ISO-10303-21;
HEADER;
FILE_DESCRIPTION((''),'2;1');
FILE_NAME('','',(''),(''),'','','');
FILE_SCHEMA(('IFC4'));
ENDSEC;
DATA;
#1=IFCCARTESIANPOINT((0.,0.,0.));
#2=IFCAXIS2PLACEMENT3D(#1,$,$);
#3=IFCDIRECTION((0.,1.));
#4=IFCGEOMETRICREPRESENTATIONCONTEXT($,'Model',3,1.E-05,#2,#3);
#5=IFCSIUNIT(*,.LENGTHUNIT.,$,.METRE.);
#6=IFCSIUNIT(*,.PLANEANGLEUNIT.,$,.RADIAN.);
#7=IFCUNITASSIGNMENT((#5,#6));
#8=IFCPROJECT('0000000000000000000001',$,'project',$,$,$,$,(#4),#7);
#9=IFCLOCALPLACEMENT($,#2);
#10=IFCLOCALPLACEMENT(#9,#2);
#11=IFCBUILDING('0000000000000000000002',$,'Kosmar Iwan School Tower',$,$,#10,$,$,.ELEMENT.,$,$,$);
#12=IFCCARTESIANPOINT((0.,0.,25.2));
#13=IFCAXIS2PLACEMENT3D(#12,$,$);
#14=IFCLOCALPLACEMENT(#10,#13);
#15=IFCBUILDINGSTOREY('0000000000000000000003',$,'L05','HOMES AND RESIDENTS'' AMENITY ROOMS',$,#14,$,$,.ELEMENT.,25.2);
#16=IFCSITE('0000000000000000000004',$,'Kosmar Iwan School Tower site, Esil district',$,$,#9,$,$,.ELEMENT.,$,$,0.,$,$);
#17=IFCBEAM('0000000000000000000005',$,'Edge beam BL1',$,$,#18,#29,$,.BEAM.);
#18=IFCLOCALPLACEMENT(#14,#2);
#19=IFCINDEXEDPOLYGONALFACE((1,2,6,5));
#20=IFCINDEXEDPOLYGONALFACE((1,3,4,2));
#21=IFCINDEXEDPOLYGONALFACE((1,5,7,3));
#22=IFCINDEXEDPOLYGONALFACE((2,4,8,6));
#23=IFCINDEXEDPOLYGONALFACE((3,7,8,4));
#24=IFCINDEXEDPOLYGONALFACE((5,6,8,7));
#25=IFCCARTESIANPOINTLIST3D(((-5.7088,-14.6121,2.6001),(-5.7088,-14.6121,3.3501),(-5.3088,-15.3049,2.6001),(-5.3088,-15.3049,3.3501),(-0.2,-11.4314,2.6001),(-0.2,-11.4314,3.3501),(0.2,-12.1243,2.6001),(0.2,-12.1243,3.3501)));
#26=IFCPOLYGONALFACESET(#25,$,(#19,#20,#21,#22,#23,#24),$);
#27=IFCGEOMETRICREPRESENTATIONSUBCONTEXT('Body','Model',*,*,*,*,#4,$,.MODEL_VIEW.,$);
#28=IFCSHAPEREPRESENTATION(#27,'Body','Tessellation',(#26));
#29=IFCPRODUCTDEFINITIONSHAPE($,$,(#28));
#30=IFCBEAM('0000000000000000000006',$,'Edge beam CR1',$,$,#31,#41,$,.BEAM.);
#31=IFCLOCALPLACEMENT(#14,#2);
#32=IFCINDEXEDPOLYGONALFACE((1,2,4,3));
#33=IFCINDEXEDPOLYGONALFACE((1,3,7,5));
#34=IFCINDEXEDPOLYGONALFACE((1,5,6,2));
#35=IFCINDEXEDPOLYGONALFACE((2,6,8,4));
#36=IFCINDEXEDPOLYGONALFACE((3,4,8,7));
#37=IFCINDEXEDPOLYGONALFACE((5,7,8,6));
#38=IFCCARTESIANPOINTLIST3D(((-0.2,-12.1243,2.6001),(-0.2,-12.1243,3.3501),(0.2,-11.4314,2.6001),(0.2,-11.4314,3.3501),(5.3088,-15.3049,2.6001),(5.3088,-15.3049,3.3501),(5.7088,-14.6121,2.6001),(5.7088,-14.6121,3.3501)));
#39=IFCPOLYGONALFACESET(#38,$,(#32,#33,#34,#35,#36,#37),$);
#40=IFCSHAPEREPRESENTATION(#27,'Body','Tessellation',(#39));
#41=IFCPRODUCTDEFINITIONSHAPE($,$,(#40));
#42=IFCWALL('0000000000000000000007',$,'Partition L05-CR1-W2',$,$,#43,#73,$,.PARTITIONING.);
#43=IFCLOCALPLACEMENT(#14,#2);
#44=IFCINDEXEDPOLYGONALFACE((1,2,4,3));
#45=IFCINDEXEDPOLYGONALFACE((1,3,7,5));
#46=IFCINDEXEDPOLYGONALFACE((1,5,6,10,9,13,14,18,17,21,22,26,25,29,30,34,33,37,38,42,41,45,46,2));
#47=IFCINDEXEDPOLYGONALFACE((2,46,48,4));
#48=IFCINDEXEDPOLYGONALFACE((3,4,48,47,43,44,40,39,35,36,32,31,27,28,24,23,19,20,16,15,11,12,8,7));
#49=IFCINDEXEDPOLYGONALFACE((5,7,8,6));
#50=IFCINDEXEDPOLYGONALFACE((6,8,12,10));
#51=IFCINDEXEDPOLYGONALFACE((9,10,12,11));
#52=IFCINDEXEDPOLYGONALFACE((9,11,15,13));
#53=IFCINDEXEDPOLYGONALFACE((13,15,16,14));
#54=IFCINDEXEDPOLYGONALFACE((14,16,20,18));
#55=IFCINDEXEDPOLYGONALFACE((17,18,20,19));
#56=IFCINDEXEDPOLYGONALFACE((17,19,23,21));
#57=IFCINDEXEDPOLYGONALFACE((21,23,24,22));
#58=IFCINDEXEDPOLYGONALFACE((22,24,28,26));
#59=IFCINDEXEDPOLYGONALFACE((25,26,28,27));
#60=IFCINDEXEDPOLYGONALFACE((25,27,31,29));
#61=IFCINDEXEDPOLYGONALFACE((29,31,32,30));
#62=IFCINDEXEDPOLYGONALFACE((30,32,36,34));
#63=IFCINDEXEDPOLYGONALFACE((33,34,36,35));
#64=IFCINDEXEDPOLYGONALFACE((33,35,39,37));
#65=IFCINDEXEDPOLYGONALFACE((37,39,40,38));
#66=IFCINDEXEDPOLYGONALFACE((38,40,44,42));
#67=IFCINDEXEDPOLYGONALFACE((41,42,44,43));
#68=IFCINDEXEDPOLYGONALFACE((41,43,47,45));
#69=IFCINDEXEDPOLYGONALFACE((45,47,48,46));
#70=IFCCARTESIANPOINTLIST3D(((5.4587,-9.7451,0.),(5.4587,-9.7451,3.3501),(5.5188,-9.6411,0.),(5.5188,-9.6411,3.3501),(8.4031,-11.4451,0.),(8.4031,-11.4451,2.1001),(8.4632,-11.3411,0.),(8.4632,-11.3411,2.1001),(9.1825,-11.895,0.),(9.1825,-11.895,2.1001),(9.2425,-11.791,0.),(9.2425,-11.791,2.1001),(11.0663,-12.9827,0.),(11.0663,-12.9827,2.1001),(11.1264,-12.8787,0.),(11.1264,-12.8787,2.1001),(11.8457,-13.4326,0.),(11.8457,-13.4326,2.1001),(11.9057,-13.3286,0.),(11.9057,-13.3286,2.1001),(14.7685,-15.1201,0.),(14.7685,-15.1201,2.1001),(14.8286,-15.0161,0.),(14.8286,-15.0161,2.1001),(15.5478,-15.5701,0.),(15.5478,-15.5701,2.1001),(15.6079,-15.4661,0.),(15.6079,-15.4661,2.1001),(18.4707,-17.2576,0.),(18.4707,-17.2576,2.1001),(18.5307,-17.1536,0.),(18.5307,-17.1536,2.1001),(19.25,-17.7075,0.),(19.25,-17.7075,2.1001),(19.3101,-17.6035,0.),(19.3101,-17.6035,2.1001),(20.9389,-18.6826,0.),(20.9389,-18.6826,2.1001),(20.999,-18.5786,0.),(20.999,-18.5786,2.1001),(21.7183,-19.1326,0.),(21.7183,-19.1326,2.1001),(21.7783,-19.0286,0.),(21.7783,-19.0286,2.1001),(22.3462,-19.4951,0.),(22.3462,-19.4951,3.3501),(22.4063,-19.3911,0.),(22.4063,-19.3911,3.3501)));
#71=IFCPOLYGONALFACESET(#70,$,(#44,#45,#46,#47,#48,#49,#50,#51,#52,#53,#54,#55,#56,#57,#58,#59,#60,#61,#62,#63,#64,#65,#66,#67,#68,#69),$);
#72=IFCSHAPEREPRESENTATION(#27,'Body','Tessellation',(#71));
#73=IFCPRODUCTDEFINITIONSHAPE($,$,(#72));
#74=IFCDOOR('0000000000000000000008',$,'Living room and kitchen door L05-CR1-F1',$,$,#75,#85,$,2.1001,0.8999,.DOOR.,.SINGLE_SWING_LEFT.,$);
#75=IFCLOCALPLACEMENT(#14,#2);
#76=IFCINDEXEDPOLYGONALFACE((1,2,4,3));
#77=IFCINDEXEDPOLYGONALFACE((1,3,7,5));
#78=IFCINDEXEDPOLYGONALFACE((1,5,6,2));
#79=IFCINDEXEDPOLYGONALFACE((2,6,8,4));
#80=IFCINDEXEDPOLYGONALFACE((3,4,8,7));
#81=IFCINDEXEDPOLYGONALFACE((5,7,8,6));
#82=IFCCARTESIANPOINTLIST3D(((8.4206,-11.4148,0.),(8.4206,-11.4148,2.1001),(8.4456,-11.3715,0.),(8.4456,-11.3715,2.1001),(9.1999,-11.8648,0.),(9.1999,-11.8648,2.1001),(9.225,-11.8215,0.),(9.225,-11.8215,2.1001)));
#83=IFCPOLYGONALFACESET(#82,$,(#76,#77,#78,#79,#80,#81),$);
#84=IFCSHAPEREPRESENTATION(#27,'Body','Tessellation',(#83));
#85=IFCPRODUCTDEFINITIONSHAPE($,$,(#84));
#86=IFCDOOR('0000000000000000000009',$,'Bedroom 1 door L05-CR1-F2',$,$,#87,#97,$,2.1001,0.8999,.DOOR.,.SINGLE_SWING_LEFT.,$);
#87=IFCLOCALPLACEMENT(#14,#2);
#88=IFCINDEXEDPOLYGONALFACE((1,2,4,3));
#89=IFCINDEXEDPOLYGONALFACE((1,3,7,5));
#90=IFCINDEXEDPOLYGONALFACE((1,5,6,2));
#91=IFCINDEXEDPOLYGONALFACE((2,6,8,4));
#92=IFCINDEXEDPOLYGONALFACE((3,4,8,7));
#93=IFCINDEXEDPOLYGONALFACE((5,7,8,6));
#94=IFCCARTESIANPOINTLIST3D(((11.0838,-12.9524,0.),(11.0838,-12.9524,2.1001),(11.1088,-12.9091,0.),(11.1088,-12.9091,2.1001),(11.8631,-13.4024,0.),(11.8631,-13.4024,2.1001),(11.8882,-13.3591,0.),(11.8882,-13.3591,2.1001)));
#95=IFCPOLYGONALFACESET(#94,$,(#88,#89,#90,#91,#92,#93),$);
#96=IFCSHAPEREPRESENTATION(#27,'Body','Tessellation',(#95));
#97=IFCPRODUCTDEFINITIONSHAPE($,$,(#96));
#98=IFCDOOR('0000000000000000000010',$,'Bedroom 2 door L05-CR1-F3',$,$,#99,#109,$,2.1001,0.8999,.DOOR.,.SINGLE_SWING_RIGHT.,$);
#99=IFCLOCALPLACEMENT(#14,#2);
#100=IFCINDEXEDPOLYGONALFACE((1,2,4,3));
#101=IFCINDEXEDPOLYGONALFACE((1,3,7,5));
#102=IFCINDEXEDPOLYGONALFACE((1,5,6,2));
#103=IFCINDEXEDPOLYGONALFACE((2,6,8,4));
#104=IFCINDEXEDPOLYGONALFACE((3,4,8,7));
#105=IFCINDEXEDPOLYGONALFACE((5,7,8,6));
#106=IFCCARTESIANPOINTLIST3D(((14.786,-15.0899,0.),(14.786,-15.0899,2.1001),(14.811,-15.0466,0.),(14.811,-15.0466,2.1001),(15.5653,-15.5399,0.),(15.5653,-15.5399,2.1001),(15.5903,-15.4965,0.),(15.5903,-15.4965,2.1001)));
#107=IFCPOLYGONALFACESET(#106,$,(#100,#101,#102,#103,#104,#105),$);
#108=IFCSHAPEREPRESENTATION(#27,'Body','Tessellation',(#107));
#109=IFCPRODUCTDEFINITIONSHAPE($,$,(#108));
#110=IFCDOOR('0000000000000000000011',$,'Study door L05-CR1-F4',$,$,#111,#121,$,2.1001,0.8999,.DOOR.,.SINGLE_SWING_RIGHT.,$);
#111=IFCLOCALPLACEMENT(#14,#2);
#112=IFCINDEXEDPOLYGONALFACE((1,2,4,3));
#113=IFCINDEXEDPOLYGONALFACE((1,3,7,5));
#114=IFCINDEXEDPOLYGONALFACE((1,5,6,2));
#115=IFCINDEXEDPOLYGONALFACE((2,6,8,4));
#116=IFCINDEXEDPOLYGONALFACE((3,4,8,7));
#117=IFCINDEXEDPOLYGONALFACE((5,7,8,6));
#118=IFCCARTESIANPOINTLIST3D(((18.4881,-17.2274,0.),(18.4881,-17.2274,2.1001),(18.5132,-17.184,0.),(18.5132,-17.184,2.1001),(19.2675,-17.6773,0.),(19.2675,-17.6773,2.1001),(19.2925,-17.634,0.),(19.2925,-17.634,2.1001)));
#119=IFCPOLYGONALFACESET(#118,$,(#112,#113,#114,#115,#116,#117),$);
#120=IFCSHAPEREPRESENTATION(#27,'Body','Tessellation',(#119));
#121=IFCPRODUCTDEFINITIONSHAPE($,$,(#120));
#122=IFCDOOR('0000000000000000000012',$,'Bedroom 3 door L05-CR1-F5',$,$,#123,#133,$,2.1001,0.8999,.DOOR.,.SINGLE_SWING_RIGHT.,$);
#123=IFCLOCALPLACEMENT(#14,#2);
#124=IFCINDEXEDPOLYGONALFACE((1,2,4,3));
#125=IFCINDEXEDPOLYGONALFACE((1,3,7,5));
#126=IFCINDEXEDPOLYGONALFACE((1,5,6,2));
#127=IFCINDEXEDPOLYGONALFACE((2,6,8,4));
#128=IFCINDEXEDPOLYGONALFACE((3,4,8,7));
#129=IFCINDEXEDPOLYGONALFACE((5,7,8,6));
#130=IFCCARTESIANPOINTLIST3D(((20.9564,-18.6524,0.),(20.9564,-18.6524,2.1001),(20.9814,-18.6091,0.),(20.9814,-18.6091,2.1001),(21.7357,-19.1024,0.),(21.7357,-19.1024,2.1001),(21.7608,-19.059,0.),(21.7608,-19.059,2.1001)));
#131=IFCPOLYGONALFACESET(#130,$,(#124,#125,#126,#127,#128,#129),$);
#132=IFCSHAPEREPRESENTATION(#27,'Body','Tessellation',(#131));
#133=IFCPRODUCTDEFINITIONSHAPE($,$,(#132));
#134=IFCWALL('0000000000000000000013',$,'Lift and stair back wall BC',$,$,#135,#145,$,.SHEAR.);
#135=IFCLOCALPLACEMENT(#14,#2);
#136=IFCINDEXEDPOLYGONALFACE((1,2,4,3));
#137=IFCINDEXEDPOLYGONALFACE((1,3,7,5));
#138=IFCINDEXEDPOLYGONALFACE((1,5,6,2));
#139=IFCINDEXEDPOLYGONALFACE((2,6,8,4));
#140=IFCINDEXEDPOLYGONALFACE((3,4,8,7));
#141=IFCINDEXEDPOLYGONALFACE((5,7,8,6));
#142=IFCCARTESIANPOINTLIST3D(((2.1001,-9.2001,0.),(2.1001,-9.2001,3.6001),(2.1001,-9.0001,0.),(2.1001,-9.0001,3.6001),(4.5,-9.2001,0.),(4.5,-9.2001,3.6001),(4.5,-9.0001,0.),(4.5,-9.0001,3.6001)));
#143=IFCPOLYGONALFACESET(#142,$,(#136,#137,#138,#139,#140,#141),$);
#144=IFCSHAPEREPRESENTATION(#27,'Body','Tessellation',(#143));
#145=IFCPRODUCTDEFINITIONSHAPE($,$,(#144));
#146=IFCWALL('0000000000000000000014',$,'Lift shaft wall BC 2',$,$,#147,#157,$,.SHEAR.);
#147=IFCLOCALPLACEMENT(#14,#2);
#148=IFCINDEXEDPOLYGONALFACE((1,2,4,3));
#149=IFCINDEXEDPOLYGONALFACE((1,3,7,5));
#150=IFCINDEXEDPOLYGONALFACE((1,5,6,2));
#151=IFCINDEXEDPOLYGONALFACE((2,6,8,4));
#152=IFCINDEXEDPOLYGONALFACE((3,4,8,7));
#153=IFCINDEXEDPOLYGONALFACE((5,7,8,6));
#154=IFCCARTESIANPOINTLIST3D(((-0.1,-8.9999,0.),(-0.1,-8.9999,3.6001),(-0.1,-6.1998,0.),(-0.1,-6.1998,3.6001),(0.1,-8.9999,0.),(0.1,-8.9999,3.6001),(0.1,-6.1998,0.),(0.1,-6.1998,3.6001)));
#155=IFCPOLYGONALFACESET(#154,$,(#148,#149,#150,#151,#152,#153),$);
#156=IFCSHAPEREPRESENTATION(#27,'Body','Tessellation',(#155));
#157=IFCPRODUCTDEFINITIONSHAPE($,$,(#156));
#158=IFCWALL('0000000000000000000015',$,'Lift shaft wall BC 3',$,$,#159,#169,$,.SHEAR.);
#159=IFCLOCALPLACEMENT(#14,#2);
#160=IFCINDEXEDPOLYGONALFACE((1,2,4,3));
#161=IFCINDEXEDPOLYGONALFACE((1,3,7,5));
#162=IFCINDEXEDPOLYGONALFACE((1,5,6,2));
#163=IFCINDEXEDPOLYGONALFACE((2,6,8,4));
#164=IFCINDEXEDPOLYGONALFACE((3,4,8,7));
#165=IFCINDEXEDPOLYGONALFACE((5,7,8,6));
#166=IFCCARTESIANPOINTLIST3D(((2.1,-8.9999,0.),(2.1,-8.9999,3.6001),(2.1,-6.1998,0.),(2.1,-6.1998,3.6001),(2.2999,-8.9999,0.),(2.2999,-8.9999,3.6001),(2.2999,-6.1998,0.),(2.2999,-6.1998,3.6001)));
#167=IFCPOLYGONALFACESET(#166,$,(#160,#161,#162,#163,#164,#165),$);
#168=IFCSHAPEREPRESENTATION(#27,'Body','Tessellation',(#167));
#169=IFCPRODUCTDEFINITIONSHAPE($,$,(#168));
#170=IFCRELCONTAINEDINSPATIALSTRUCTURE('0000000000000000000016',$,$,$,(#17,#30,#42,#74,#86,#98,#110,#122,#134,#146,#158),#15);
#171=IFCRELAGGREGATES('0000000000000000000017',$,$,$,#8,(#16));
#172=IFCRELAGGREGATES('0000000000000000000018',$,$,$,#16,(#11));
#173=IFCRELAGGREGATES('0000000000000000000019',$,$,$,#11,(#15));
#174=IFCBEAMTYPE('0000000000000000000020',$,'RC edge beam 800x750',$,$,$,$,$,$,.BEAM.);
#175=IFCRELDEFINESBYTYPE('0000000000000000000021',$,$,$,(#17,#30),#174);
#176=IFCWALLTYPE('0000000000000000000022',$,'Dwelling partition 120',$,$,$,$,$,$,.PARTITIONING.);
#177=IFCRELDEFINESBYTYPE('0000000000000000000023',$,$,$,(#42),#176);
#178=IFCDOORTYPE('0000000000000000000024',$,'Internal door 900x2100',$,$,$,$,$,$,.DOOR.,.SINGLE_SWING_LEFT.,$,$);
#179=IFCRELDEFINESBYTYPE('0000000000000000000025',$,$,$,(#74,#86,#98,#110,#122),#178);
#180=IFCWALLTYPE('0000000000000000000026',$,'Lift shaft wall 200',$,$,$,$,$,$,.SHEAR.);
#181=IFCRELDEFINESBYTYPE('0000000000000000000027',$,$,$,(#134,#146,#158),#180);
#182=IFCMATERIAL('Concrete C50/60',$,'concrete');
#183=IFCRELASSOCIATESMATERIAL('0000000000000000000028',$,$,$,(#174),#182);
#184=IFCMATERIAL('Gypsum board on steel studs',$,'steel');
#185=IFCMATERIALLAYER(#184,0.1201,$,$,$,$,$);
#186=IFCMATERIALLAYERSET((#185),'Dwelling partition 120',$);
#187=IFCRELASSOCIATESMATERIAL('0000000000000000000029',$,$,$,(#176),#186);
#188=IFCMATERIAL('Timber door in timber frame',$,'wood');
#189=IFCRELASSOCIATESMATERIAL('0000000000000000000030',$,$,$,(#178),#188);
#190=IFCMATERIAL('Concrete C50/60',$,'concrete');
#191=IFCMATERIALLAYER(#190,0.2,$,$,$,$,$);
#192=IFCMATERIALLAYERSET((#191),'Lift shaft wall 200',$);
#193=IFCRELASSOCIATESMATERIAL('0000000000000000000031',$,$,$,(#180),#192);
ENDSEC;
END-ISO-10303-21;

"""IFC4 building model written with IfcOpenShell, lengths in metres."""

from ifc_helpers import new_model, si_unit, direction, frame, frame_2d, origin, origin_2d, place, context, subcontext, project, spatial, rectangle, extrude, material, layer, layer_set, material_profile, profile_set, type_object, element, fill, save


model = new_model("IFC4")

# Units and contexts
model_context = context("Model", 3, precision=1e-05, world=origin(), true_north=direction((0.0, 1.0)))
body_context = subcontext(model_context, "Body", "Model", "MODEL_VIEW")
ifc_project = project(units=[si_unit("LENGTHUNIT", "METRE"), si_unit("PLANEANGLEUNIT", "RADIAN")], contexts=[model_context])

# Site, building, storey
site_placement = place(None, origin())
site = spatial("IfcSite", under=ifc_project, at=site_placement, Name="Kosmar Iwan School Tower site, Esil district", CompositionType="ELEMENT", RefElevation=0.0)
building_placement = place(site_placement, origin())
building = spatial("IfcBuilding", under=site, at=building_placement, Name="Kosmar Iwan School Tower", CompositionType="ELEMENT")
storey_placement = place(building_placement, frame((0.0, 0.0, 25.2)))
storey = spatial("IfcBuildingStorey", under=building, at=storey_placement, Name="L05", Description="HOMES AND RESIDENTS' AMENITY ROOMS", CompositionType="ELEMENT", Elevation=25.2)

# Beams
ifc_material_1 = material(Name="Concrete C50/60", Category="concrete")
ifc_material_profile = material_profile(ifc_material_1, rectangle(XDim=0.8, YDim=0.75, at=origin_2d()), Name="RC 800x750")
ifc_profile_set = profile_set([ifc_material_profile], Name="Concrete C50/60")
beam_type = type_object("IfcBeamType", Name="RC edge beam 800x750", PredefinedType="BEAM", material=ifc_profile_set)
for number, where, z_axis, x_axis, name in (
    (1, (0.0, -11.7778, 2.9751), (-0.866014, -0.500019, 0.0), (0.500019, -0.866014, 0.0), "Edge beam BL1"),
    (2, (0.0, -11.7778, 2.9751), (0.866014, -0.500019, 0.0), (0.500019, 0.866014, 0.0), "Edge beam CR1"),
):
    element("IfcBeam", number, at=place(storey_placement, frame(where, z_axis=z_axis, x_axis=x_axis)), inside=storey, type_object=beam_type, Name=name, PredefinedType="BEAM", context=body_context, shape_type="SweptSolid", body=[
        extrude(rectangle(XDim=0.8, YDim=0.75, at=origin_2d()), origin(), (0.0, 0.0, 1.0), 6.3611),
    ])

# Wall, openings, doors
ifc_material_2 = material(Name="Gypsum board on steel studs", Category="steel")
ifc_layer_1 = layer(ifc_material_2, 0.1201)
ifc_layer_set_1 = layer_set([ifc_layer_1], Name="Dwelling partition 120")
wall_type_1 = type_object("IfcWallType", Name="Dwelling partition 120", PredefinedType="PARTITIONING", material=ifc_layer_set_1)
wall_1_placement = place(storey_placement, frame((5.4888, -9.6931, 0.0), z_axis=(0.0, 0.0, 1.0), x_axis=(0.866025, -0.500001, 0.0)))
wall_1 = element("IfcWall", 3, at=wall_1_placement, inside=storey, type_object=wall_type_1, Name="Partition L05-CR1-W2", PredefinedType="PARTITIONING", context=body_context, shape_type="SweptSolid", body=[
    extrude(rectangle(XDim=19.5, YDim=0.1201, at=frame_2d((9.75, 0.0))), origin(), (0.0, 0.0, 1.0), 3.3501),
])
opening_1_placement = place(wall_1_placement, frame((3.3999, 0.0, 0.0)))
opening_1 = element("IfcOpeningElement", 4, at=opening_1_placement, cuts=wall_1, PredefinedType="OPENING", context=body_context, shape_type="SweptSolid", body=[
    extrude(rectangle(XDim=0.8999, YDim=2.1001, at=frame_2d((0.45, 1.05))), frame((0.0, 0.072, 0.0), z_axis=(0.0, -1.0, 0.0), x_axis=(1.0, 0.0, 0.0)), (0.0, 0.0, 1.0), 0.144),
])
opening_2_placement = place(wall_1_placement, frame((6.4751, 0.0, 0.0)))
opening_2 = element("IfcOpeningElement", 5, at=opening_2_placement, cuts=wall_1, PredefinedType="OPENING", context=body_context, shape_type="SweptSolid", body=[
    extrude(rectangle(XDim=0.8999, YDim=2.1001, at=frame_2d((0.45, 1.05))), frame((0.0, 0.072, 0.0), z_axis=(0.0, -1.0, 0.0), x_axis=(1.0, 0.0, 0.0)), (0.0, 0.0, 1.0), 0.144),
])
opening_3_placement = place(wall_1_placement, frame((10.75, 0.0, 0.0)))
opening_3 = element("IfcOpeningElement", 6, at=opening_3_placement, cuts=wall_1, PredefinedType="OPENING", context=body_context, shape_type="SweptSolid", body=[
    extrude(rectangle(XDim=0.8999, YDim=2.1001, at=frame_2d((0.45, 1.05))), frame((0.0, 0.072, 0.0), z_axis=(0.0, -1.0, 0.0), x_axis=(1.0, 0.0, 0.0)), (0.0, 0.0, 1.0), 0.144),
])
opening_4_placement = place(wall_1_placement, frame((15.0249, 0.0, 0.0)))
opening_4 = element("IfcOpeningElement", 7, at=opening_4_placement, cuts=wall_1, PredefinedType="OPENING", context=body_context, shape_type="SweptSolid", body=[
    extrude(rectangle(XDim=0.8999, YDim=2.1001, at=frame_2d((0.45, 1.05))), frame((0.0, 0.072, 0.0), z_axis=(0.0, -1.0, 0.0), x_axis=(1.0, 0.0, 0.0)), (0.0, 0.0, 1.0), 0.144),
])
opening_5_placement = place(wall_1_placement, frame((17.875, 0.0, 0.0)))
opening_5 = element("IfcOpeningElement", 8, at=opening_5_placement, cuts=wall_1, PredefinedType="OPENING", context=body_context, shape_type="SweptSolid", body=[
    extrude(rectangle(XDim=0.8999, YDim=2.1001, at=frame_2d((0.45, 1.05))), frame((0.0, 0.072, 0.0), z_axis=(0.0, -1.0, 0.0), x_axis=(1.0, 0.0, 0.0)), (0.0, 0.0, 1.0), 0.144),
])
ifc_material_3 = material(Name="Timber door in timber frame", Category="wood")
door_type = type_object("IfcDoorType", Name="Internal door 900x2100", OperationType="SINGLE_SWING_LEFT", PredefinedType="DOOR", material=ifc_material_3)
door_1_placement = place(opening_1_placement, origin())
door_1 = element("IfcDoor", 9, at=door_1_placement, inside=storey, type_object=door_type, Name="Living room and kitchen door L05-CR1-F1", OperationType="SINGLE_SWING_LEFT", OverallHeight=2.1001, OverallWidth=0.8999, PredefinedType="DOOR", context=body_context, shape_type="SweptSolid", body=[
    extrude(rectangle(XDim=0.8999, YDim=2.1001, at=frame_2d((0.45, 1.05))), frame((0.0, 0.0249, 0.0), z_axis=(0.0, -1.0, 0.0), x_axis=(1.0, 0.0, 0.0)), (0.0, 0.0, 1.0), 0.05),
])
fill(opening_1, door_1)
door_2_placement = place(opening_2_placement, origin())
door_2 = element("IfcDoor", 10, at=door_2_placement, inside=storey, type_object=door_type, Name="Bedroom 1 door L05-CR1-F2", OperationType="SINGLE_SWING_LEFT", OverallHeight=2.1001, OverallWidth=0.8999, PredefinedType="DOOR", context=body_context, shape_type="SweptSolid", body=[
    extrude(rectangle(XDim=0.8999, YDim=2.1001, at=frame_2d((0.45, 1.05))), frame((0.0, 0.0249, 0.0), z_axis=(0.0, -1.0, 0.0), x_axis=(1.0, 0.0, 0.0)), (0.0, 0.0, 1.0), 0.05),
])
fill(opening_2, door_2)
door_3_placement = place(opening_3_placement, origin())
door_3 = element("IfcDoor", 11, at=door_3_placement, inside=storey, type_object=door_type, Name="Bedroom 2 door L05-CR1-F3", OperationType="SINGLE_SWING_RIGHT", OverallHeight=2.1001, OverallWidth=0.8999, PredefinedType="DOOR", context=body_context, shape_type="SweptSolid", body=[
    extrude(rectangle(XDim=0.8999, YDim=2.1001, at=frame_2d((0.45, 1.05))), frame((0.0, 0.0249, 0.0), z_axis=(0.0, -1.0, 0.0), x_axis=(1.0, 0.0, 0.0)), (0.0, 0.0, 1.0), 0.05),
])
fill(opening_3, door_3)
door_4_placement = place(opening_4_placement, origin())
door_4 = element("IfcDoor", 12, at=door_4_placement, inside=storey, type_object=door_type, Name="Study door L05-CR1-F4", OperationType="SINGLE_SWING_RIGHT", OverallHeight=2.1001, OverallWidth=0.8999, PredefinedType="DOOR", context=body_context, shape_type="SweptSolid", body=[
    extrude(rectangle(XDim=0.8999, YDim=2.1001, at=frame_2d((0.45, 1.05))), frame((0.0, 0.0249, 0.0), z_axis=(0.0, -1.0, 0.0), x_axis=(1.0, 0.0, 0.0)), (0.0, 0.0, 1.0), 0.05),
])
fill(opening_4, door_4)
door_5_placement = place(opening_5_placement, origin())
door_5 = element("IfcDoor", 13, at=door_5_placement, inside=storey, type_object=door_type, Name="Bedroom 3 door L05-CR1-F5", OperationType="SINGLE_SWING_RIGHT", OverallHeight=2.1001, OverallWidth=0.8999, PredefinedType="DOOR", context=body_context, shape_type="SweptSolid", body=[
    extrude(rectangle(XDim=0.8999, YDim=2.1001, at=frame_2d((0.45, 1.05))), frame((0.0, 0.0249, 0.0), z_axis=(0.0, -1.0, 0.0), x_axis=(1.0, 0.0, 0.0)), (0.0, 0.0, 1.0), 0.05),
])
fill(opening_5, door_5)

# Walls
ifc_material_4 = material(Name="Concrete C50/60", Category="concrete")
ifc_layer_2 = layer(ifc_material_4, 0.2)
ifc_layer_set_2 = layer_set([ifc_layer_2], Name="Lift shaft wall 200")
wall_type_2 = type_object("IfcWallType", Name="Lift shaft wall 200", PredefinedType="SHEAR", material=ifc_layer_set_2)
wall_2_placement = place(storey_placement, frame((2.1001, -9.1001, 0.0), z_axis=(0.0, 0.0, 1.0), x_axis=(1.0, 0.0, 0.0)))
element("IfcWall", 14, at=wall_2_placement, inside=storey, type_object=wall_type_2, Name="Lift and stair back wall BC", PredefinedType="SHEAR", context=body_context, shape_type="SweptSolid", body=[
    extrude(rectangle(XDim=2.3999, YDim=0.2, at=frame_2d((1.2, 0.0))), origin(), (0.0, 0.0, 1.0), 3.6001),
])
for number, where, z_axis, x_axis, name in (
    (15, (0.0, -6.2, 0.0), (0.0, 0.0, 1.0), (0.0, -1.0, 0.0), "Lift shaft wall BC 2"),
    (16, (2.2, -6.2, 0.0), (0.0, 0.0, 1.0), (0.0, -1.0, 0.0), "Lift shaft wall BC 3"),
):
    element("IfcWall", number, at=place(storey_placement, frame(where, z_axis=z_axis, x_axis=x_axis)), inside=storey, type_object=wall_type_2, Name=name, PredefinedType="SHEAR", context=body_context, shape_type="SweptSolid", body=[
        extrude(rectangle(XDim=2.8, YDim=0.2, at=frame_2d((1.3999, 0.0))), origin(), (0.0, 0.0, 1.0), 3.6001),
    ])

save(model, "model.ifc")
